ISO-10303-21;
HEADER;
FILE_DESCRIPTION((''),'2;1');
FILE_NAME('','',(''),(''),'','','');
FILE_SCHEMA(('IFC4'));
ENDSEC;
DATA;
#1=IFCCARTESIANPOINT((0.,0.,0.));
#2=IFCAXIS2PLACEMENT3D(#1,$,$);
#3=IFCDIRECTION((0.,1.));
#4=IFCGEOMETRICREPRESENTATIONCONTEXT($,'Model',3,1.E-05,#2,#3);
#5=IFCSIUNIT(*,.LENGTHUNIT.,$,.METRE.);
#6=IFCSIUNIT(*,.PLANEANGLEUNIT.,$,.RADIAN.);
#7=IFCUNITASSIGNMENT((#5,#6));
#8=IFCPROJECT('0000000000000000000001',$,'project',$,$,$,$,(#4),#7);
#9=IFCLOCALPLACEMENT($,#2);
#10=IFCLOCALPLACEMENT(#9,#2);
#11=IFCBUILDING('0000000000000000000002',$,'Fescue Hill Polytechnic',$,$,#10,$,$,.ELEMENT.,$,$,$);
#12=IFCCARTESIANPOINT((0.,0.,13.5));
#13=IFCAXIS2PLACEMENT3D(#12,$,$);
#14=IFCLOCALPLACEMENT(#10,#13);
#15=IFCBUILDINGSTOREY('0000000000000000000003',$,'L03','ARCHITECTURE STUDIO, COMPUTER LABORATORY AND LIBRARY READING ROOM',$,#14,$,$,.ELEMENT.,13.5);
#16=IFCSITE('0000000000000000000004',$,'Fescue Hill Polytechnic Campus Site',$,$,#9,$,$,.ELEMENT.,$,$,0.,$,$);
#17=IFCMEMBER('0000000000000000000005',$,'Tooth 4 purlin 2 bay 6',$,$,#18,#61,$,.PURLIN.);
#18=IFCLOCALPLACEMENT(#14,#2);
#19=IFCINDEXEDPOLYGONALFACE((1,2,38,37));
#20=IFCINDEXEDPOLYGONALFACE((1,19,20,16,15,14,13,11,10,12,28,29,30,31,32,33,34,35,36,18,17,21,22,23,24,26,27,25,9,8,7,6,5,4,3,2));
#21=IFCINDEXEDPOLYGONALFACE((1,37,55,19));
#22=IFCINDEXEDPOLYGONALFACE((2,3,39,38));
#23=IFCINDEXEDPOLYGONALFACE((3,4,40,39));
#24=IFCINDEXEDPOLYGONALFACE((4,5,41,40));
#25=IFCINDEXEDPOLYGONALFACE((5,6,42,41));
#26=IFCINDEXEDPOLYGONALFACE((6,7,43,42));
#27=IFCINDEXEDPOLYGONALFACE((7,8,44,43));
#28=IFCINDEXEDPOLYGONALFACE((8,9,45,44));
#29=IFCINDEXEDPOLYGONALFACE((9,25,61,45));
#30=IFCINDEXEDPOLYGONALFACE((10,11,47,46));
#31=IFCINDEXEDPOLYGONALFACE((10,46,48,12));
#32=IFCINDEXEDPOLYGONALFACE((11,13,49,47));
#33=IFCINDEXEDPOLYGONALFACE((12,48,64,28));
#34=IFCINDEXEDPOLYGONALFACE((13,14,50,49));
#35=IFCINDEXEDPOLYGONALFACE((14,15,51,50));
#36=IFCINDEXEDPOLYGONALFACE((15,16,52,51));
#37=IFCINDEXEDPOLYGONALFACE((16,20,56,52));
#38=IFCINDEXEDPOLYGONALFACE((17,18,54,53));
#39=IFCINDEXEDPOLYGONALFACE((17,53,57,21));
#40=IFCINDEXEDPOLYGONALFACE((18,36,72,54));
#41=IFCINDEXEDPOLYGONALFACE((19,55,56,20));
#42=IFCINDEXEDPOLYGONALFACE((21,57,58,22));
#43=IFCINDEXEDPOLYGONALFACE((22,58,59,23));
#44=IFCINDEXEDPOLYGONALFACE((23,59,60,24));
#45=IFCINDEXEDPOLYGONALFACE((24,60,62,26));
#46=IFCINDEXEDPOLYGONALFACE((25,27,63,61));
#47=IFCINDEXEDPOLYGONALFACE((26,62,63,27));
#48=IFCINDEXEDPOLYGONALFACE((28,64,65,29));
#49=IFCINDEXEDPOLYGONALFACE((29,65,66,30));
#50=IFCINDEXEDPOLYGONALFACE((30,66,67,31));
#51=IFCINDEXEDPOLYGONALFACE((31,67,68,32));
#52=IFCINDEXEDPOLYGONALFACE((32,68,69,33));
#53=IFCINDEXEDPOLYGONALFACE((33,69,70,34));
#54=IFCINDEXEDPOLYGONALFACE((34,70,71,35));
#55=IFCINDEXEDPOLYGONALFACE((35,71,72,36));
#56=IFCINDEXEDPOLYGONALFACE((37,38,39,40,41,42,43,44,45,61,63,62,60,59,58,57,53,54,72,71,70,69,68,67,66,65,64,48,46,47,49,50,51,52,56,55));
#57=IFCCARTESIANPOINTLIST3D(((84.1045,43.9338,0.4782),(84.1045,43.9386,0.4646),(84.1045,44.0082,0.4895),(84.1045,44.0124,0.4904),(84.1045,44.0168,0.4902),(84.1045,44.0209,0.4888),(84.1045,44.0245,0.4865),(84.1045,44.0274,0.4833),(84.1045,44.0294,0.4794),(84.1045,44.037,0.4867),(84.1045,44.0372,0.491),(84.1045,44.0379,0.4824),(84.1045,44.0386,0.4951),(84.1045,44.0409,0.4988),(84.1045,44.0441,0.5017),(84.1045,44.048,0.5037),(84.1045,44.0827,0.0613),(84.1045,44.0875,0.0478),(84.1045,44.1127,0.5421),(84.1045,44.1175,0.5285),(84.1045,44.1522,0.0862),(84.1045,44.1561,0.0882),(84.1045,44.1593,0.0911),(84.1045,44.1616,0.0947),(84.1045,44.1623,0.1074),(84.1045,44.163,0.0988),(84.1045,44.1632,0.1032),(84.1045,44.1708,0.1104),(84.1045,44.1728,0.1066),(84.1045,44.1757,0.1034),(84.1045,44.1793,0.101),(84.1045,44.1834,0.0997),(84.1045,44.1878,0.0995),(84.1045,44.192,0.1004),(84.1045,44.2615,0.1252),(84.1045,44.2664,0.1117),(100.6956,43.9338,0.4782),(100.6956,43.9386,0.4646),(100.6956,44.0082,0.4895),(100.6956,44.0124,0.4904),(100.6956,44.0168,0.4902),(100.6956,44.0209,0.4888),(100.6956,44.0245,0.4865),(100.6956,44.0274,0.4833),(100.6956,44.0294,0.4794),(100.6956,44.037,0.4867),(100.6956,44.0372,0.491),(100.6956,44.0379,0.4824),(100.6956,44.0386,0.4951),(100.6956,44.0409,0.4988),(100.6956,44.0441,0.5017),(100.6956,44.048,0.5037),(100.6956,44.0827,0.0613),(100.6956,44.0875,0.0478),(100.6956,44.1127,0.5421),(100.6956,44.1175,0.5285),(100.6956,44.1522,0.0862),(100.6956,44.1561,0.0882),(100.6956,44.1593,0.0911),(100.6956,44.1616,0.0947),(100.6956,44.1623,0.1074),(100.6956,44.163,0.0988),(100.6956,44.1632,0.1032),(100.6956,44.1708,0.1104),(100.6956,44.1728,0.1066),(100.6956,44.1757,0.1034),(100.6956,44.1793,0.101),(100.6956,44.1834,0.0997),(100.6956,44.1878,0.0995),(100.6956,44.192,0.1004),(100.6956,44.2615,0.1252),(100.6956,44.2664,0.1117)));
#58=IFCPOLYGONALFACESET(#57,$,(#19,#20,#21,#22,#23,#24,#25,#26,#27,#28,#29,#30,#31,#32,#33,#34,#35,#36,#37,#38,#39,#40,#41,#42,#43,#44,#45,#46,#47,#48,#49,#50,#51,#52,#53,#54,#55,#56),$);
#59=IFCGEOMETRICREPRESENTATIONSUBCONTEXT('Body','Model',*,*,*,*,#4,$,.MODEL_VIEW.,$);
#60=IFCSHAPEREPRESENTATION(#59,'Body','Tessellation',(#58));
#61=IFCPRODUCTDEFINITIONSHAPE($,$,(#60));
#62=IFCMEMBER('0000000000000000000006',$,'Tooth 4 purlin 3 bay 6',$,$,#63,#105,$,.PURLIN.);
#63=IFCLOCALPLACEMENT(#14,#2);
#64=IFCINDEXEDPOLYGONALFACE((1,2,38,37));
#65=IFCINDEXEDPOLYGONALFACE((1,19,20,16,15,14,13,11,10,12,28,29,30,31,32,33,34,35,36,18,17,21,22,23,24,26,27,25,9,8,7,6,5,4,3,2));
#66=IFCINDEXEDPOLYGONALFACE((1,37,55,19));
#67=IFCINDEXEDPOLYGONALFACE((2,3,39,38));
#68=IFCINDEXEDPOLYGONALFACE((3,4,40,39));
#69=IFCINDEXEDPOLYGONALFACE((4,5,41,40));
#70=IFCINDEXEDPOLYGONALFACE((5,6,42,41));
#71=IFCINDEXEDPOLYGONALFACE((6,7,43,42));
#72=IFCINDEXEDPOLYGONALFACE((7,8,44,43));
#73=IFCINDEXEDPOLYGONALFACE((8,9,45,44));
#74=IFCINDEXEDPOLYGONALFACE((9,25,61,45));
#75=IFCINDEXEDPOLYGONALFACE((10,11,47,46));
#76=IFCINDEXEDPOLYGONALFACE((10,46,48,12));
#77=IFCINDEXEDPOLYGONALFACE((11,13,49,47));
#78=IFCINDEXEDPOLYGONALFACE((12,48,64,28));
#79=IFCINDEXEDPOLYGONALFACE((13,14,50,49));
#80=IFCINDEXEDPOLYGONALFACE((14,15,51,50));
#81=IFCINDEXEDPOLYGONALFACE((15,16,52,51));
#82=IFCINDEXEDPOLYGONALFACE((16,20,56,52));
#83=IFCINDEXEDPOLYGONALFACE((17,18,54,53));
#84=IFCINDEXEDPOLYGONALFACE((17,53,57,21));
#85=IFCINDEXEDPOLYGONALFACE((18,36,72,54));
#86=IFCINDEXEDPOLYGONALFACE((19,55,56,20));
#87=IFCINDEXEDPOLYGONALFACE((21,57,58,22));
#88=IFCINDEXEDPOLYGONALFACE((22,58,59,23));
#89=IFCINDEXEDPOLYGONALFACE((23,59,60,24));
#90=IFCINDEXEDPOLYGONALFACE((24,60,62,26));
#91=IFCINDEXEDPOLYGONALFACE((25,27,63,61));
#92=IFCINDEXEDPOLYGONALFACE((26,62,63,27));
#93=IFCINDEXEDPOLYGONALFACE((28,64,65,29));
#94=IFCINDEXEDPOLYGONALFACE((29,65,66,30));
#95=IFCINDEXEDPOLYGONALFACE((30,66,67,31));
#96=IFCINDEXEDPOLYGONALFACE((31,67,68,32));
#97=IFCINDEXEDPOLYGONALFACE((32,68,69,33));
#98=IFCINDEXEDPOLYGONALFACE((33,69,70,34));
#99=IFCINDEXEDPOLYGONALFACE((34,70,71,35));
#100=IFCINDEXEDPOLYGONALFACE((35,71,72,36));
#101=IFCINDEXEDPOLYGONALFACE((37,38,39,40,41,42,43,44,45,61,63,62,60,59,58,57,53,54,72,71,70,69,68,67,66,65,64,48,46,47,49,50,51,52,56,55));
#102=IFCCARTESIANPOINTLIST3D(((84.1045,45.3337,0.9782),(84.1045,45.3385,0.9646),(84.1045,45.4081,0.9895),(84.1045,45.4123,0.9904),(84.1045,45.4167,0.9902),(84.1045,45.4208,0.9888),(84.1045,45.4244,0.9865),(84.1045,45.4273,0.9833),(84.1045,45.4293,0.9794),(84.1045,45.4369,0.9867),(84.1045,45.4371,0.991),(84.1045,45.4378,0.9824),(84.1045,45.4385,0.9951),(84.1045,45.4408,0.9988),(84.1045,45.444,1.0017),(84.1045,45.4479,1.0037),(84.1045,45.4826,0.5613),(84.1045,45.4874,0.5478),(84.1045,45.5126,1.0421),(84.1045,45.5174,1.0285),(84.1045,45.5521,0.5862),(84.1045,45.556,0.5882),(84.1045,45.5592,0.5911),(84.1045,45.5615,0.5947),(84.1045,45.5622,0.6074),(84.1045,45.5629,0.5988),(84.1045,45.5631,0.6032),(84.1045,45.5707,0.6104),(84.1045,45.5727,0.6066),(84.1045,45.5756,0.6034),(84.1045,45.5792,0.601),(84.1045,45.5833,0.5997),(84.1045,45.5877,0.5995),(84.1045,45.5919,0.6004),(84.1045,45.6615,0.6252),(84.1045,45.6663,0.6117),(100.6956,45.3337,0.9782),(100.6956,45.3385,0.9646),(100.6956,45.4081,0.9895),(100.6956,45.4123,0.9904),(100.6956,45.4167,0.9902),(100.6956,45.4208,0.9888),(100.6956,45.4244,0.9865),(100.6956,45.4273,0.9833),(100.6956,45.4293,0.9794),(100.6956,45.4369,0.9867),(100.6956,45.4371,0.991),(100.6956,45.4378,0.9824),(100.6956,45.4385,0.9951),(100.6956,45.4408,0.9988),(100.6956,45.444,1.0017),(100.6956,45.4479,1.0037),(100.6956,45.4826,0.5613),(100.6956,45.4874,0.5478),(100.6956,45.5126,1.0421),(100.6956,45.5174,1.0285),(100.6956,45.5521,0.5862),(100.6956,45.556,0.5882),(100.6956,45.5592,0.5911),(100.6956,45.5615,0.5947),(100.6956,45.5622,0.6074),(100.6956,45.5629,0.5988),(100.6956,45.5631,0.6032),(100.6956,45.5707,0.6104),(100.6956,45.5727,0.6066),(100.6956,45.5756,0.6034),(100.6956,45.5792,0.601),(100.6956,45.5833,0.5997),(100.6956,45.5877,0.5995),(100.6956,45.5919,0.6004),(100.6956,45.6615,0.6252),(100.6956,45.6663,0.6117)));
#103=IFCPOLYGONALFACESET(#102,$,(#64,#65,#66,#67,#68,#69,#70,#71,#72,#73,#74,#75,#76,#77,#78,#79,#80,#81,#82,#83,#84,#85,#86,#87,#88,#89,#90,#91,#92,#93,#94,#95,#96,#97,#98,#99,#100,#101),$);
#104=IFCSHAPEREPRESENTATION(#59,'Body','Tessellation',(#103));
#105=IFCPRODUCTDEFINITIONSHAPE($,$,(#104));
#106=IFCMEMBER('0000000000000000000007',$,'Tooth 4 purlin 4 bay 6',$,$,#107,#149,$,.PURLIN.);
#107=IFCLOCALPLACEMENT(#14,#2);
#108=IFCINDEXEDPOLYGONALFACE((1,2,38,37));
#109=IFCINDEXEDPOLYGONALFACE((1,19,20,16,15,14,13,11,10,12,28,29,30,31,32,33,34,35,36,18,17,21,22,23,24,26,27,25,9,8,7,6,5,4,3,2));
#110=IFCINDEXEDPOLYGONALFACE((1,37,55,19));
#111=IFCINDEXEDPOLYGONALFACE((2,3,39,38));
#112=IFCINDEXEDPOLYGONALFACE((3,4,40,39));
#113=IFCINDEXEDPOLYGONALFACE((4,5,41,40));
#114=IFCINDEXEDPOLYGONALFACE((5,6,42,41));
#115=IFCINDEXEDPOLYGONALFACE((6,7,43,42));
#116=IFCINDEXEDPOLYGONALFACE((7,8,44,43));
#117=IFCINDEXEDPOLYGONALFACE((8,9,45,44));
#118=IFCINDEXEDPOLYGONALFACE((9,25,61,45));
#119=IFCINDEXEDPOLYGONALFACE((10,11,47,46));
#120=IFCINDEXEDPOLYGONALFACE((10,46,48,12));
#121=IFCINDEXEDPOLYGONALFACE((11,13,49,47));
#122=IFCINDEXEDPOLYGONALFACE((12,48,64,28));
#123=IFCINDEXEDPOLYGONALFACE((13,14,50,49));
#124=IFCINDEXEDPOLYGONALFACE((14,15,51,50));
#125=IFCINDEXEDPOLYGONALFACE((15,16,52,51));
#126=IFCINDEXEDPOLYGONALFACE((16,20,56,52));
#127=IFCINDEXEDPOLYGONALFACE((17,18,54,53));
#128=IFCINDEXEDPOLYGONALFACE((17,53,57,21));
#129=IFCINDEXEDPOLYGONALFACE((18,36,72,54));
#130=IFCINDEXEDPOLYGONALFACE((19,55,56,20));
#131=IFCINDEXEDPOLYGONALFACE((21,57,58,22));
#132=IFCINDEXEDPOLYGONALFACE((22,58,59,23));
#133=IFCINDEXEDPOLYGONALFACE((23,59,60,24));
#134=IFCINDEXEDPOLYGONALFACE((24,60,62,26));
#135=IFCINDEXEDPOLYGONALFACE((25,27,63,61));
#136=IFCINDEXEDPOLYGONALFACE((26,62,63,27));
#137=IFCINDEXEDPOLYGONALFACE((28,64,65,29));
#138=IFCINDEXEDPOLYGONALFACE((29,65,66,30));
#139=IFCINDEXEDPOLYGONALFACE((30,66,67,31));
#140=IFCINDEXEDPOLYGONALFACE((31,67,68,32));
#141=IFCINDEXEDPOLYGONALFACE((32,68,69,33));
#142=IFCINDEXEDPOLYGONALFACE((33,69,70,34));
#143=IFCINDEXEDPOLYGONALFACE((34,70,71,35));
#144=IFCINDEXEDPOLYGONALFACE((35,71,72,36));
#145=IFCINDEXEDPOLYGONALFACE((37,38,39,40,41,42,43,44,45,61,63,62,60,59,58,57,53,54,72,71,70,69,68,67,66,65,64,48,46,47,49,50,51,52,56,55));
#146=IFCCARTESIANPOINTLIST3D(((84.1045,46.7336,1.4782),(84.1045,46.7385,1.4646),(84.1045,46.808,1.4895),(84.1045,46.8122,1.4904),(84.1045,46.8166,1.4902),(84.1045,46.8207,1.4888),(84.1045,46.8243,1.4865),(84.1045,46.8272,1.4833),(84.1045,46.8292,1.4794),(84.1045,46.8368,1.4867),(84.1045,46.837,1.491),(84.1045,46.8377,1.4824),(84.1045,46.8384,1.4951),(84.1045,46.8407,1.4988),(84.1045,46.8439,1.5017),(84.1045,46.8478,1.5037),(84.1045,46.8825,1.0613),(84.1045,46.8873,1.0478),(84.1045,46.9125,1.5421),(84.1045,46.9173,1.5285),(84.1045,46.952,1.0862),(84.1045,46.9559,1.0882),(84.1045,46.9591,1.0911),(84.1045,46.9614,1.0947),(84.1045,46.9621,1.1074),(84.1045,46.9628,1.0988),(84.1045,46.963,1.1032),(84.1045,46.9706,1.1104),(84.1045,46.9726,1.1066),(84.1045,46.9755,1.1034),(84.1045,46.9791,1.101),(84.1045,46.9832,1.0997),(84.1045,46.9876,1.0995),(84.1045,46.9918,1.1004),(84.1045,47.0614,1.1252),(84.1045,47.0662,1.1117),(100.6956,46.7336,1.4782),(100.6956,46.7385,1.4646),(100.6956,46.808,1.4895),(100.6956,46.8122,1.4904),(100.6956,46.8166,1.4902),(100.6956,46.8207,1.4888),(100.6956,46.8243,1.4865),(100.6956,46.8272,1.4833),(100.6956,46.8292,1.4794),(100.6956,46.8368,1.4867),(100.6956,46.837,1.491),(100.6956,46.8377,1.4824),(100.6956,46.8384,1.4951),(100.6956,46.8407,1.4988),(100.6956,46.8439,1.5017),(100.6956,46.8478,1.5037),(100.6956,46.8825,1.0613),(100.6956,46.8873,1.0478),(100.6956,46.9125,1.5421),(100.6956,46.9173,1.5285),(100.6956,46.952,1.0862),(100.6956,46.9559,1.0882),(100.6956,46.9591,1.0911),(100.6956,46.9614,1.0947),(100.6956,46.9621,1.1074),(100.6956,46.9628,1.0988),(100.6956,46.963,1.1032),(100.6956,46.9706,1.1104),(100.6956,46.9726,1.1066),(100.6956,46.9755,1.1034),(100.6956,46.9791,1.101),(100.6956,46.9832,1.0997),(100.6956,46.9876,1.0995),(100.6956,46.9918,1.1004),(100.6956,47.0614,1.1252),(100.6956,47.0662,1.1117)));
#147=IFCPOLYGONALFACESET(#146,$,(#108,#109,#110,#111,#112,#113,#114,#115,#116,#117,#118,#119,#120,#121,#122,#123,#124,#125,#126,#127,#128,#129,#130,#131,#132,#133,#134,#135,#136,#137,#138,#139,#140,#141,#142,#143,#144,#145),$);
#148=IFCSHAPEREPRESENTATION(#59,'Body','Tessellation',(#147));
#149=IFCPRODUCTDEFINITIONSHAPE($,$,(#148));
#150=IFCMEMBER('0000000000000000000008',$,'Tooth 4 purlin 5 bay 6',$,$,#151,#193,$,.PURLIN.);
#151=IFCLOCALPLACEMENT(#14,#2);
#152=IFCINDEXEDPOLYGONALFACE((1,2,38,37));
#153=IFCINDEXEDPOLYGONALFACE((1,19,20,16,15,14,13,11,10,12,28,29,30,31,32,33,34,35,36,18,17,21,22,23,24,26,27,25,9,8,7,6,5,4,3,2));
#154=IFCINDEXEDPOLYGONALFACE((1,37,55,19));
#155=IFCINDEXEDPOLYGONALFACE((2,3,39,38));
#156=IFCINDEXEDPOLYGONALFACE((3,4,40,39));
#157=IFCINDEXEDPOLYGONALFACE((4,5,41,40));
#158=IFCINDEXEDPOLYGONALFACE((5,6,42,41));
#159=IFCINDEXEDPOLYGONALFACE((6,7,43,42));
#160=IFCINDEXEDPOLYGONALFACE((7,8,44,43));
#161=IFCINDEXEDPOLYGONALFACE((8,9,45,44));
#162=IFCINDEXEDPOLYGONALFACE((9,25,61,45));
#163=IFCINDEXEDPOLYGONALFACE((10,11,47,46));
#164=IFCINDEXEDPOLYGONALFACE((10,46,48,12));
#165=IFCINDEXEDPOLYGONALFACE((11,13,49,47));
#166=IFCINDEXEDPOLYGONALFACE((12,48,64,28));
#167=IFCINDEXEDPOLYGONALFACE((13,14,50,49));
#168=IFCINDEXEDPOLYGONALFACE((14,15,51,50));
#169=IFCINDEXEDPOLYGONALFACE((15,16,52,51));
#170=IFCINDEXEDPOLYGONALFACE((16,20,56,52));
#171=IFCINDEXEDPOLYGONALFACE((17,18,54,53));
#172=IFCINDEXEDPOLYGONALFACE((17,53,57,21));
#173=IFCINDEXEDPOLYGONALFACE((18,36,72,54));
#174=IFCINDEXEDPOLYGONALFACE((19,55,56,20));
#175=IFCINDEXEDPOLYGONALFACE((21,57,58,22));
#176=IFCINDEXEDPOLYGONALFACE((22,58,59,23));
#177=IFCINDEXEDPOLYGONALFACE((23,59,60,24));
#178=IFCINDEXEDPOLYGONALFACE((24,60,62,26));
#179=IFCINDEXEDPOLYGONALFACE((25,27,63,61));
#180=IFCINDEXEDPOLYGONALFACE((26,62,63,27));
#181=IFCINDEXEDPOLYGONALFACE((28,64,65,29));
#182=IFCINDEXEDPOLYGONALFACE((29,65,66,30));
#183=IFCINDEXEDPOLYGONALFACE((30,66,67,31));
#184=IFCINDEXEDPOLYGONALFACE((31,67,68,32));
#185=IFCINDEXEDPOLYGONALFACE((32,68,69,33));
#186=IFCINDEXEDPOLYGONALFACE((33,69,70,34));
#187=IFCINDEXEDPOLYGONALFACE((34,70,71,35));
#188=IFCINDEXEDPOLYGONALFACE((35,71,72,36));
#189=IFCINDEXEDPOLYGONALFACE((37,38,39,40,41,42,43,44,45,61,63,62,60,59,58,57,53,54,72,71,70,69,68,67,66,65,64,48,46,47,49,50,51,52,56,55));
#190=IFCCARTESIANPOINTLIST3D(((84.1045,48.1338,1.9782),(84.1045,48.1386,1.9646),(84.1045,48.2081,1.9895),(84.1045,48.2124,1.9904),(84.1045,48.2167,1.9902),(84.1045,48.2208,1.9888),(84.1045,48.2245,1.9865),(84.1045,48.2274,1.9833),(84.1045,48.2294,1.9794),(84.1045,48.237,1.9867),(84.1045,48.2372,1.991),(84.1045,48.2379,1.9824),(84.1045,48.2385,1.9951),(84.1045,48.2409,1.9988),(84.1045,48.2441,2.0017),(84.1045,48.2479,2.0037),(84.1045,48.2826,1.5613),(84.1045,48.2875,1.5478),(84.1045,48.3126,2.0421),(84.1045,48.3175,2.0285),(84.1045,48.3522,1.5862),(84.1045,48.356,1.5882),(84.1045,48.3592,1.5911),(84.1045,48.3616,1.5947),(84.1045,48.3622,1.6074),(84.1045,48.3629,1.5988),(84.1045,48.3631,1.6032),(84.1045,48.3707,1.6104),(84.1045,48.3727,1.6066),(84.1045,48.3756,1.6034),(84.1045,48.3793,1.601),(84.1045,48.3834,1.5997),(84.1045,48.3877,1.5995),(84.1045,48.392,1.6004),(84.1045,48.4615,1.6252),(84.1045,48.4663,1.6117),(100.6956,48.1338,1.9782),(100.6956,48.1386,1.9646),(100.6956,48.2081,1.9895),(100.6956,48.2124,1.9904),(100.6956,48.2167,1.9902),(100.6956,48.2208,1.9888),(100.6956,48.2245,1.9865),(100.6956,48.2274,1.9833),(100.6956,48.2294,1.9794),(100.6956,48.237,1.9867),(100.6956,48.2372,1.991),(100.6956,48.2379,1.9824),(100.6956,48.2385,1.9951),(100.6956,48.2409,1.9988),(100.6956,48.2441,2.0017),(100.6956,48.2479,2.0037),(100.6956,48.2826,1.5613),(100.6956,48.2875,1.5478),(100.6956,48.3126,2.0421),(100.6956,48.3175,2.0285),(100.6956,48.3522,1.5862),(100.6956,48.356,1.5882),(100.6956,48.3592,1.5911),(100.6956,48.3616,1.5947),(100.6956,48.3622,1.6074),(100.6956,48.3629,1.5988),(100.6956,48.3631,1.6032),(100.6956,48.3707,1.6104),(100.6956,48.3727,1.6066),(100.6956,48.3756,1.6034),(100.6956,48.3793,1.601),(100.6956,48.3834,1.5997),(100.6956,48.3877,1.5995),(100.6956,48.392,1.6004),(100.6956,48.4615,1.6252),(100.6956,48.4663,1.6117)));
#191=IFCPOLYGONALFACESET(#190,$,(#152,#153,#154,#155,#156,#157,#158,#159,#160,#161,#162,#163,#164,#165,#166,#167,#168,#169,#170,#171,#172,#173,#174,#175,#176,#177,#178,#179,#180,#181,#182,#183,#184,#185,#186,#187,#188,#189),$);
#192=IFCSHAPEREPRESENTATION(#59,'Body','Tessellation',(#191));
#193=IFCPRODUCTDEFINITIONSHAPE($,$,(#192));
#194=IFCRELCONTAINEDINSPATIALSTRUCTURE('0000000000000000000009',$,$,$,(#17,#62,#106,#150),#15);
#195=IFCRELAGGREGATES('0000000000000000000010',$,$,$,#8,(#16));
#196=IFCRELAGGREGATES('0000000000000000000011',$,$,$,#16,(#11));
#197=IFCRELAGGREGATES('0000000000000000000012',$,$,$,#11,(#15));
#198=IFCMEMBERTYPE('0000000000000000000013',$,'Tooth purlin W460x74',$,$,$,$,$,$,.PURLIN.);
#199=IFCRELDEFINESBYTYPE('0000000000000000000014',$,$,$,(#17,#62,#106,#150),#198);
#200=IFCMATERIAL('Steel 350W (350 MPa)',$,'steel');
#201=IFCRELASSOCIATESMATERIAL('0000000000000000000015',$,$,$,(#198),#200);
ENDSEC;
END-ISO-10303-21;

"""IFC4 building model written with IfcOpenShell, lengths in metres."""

from ifc_helpers import new_model, si_unit, direction, frame, origin, origin_2d, place, context, subcontext, project, spatial, i_section, extrude, material, material_profile, profile_set, type_object, element, save


model = new_model("IFC4")

# Units and contexts
model_context = context("Model", 3, precision=1e-05, world=origin(), true_north=direction((0.0, 1.0)))
body_context = subcontext(model_context, "Body", "Model", "MODEL_VIEW")
ifc_project = project(units=[si_unit("LENGTHUNIT", "METRE"), si_unit("PLANEANGLEUNIT", "RADIAN")], contexts=[model_context])

# Site, building, storey
site_placement = place(None, origin())
site = spatial("IfcSite", under=ifc_project, at=site_placement, Name="Fescue Hill Polytechnic Campus Site", CompositionType="ELEMENT", RefElevation=0.0)
building_placement = place(site_placement, origin())
building = spatial("IfcBuilding", under=site, at=building_placement, Name="Fescue Hill Polytechnic", CompositionType="ELEMENT")
storey_placement = place(building_placement, frame((0.0, 0.0, 13.5)))
storey = spatial("IfcBuildingStorey", under=building, at=storey_placement, Name="L03", Description="ARCHITECTURE STUDIO, COMPUTER LABORATORY AND LIBRARY READING ROOM", CompositionType="ELEMENT", Elevation=13.5)

# Members
ifc_material_1 = material(Name="Steel 350W (350 MPa)", Category="steel")
ifc_material_profile_1 = material_profile(ifc_material_1, i_section(OverallWidth=0.1899, OverallDepth=0.457, WebThickness=0.009, FlangeThickness=0.0144, FilletRadius=0.0166, at=origin_2d()), Name="W460x74")
ifc_profile_set_1 = profile_set([ifc_material_profile_1], Name="Steel 350W (350 MPa)")
member_type_1 = type_object("IfcMemberType", Name="Tooth purlin W460x74", PredefinedType="PURLIN", material=ifc_profile_set_1)
for number, where, z_axis, x_axis, name in (
    (1, (84.1045, 44.1001, 0.2949), (1.0, 0.0, 0.0), (0.0, 0.941742, 0.336336), "Tooth 4 purlin 2 bay 6"),
    (2, (84.1045, 45.5, 0.7949), (1.0, 0.0, 0.0), (0.0, 0.941742, 0.336336), "Tooth 4 purlin 3 bay 6"),
    (3, (84.1045, 46.8999, 1.2949), (1.0, 0.0, 0.0), (0.0, 0.941742, 0.336336), "Tooth 4 purlin 4 bay 6"),
    (4, (84.1045, 48.3, 1.7949), (1.0, 0.0, 0.0), (0.0, 0.941742, 0.336336), "Tooth 4 purlin 5 bay 6"),
):
    element("IfcMember", number, at=place(storey_placement, frame(where, z_axis=z_axis, x_axis=x_axis)), inside=storey, type_object=member_type_1, Name=name, PredefinedType="PURLIN", context=body_context, shape_type="SweptSolid", body=[
        extrude(i_section(OverallWidth=0.1899, OverallDepth=0.457, WebThickness=0.009, FlangeThickness=0.0144, FilletRadius=0.0166, at=origin_2d()), origin(), (0.0, 0.0, 1.0), 16.5911),
    ])

save(model, "model.ifc")
